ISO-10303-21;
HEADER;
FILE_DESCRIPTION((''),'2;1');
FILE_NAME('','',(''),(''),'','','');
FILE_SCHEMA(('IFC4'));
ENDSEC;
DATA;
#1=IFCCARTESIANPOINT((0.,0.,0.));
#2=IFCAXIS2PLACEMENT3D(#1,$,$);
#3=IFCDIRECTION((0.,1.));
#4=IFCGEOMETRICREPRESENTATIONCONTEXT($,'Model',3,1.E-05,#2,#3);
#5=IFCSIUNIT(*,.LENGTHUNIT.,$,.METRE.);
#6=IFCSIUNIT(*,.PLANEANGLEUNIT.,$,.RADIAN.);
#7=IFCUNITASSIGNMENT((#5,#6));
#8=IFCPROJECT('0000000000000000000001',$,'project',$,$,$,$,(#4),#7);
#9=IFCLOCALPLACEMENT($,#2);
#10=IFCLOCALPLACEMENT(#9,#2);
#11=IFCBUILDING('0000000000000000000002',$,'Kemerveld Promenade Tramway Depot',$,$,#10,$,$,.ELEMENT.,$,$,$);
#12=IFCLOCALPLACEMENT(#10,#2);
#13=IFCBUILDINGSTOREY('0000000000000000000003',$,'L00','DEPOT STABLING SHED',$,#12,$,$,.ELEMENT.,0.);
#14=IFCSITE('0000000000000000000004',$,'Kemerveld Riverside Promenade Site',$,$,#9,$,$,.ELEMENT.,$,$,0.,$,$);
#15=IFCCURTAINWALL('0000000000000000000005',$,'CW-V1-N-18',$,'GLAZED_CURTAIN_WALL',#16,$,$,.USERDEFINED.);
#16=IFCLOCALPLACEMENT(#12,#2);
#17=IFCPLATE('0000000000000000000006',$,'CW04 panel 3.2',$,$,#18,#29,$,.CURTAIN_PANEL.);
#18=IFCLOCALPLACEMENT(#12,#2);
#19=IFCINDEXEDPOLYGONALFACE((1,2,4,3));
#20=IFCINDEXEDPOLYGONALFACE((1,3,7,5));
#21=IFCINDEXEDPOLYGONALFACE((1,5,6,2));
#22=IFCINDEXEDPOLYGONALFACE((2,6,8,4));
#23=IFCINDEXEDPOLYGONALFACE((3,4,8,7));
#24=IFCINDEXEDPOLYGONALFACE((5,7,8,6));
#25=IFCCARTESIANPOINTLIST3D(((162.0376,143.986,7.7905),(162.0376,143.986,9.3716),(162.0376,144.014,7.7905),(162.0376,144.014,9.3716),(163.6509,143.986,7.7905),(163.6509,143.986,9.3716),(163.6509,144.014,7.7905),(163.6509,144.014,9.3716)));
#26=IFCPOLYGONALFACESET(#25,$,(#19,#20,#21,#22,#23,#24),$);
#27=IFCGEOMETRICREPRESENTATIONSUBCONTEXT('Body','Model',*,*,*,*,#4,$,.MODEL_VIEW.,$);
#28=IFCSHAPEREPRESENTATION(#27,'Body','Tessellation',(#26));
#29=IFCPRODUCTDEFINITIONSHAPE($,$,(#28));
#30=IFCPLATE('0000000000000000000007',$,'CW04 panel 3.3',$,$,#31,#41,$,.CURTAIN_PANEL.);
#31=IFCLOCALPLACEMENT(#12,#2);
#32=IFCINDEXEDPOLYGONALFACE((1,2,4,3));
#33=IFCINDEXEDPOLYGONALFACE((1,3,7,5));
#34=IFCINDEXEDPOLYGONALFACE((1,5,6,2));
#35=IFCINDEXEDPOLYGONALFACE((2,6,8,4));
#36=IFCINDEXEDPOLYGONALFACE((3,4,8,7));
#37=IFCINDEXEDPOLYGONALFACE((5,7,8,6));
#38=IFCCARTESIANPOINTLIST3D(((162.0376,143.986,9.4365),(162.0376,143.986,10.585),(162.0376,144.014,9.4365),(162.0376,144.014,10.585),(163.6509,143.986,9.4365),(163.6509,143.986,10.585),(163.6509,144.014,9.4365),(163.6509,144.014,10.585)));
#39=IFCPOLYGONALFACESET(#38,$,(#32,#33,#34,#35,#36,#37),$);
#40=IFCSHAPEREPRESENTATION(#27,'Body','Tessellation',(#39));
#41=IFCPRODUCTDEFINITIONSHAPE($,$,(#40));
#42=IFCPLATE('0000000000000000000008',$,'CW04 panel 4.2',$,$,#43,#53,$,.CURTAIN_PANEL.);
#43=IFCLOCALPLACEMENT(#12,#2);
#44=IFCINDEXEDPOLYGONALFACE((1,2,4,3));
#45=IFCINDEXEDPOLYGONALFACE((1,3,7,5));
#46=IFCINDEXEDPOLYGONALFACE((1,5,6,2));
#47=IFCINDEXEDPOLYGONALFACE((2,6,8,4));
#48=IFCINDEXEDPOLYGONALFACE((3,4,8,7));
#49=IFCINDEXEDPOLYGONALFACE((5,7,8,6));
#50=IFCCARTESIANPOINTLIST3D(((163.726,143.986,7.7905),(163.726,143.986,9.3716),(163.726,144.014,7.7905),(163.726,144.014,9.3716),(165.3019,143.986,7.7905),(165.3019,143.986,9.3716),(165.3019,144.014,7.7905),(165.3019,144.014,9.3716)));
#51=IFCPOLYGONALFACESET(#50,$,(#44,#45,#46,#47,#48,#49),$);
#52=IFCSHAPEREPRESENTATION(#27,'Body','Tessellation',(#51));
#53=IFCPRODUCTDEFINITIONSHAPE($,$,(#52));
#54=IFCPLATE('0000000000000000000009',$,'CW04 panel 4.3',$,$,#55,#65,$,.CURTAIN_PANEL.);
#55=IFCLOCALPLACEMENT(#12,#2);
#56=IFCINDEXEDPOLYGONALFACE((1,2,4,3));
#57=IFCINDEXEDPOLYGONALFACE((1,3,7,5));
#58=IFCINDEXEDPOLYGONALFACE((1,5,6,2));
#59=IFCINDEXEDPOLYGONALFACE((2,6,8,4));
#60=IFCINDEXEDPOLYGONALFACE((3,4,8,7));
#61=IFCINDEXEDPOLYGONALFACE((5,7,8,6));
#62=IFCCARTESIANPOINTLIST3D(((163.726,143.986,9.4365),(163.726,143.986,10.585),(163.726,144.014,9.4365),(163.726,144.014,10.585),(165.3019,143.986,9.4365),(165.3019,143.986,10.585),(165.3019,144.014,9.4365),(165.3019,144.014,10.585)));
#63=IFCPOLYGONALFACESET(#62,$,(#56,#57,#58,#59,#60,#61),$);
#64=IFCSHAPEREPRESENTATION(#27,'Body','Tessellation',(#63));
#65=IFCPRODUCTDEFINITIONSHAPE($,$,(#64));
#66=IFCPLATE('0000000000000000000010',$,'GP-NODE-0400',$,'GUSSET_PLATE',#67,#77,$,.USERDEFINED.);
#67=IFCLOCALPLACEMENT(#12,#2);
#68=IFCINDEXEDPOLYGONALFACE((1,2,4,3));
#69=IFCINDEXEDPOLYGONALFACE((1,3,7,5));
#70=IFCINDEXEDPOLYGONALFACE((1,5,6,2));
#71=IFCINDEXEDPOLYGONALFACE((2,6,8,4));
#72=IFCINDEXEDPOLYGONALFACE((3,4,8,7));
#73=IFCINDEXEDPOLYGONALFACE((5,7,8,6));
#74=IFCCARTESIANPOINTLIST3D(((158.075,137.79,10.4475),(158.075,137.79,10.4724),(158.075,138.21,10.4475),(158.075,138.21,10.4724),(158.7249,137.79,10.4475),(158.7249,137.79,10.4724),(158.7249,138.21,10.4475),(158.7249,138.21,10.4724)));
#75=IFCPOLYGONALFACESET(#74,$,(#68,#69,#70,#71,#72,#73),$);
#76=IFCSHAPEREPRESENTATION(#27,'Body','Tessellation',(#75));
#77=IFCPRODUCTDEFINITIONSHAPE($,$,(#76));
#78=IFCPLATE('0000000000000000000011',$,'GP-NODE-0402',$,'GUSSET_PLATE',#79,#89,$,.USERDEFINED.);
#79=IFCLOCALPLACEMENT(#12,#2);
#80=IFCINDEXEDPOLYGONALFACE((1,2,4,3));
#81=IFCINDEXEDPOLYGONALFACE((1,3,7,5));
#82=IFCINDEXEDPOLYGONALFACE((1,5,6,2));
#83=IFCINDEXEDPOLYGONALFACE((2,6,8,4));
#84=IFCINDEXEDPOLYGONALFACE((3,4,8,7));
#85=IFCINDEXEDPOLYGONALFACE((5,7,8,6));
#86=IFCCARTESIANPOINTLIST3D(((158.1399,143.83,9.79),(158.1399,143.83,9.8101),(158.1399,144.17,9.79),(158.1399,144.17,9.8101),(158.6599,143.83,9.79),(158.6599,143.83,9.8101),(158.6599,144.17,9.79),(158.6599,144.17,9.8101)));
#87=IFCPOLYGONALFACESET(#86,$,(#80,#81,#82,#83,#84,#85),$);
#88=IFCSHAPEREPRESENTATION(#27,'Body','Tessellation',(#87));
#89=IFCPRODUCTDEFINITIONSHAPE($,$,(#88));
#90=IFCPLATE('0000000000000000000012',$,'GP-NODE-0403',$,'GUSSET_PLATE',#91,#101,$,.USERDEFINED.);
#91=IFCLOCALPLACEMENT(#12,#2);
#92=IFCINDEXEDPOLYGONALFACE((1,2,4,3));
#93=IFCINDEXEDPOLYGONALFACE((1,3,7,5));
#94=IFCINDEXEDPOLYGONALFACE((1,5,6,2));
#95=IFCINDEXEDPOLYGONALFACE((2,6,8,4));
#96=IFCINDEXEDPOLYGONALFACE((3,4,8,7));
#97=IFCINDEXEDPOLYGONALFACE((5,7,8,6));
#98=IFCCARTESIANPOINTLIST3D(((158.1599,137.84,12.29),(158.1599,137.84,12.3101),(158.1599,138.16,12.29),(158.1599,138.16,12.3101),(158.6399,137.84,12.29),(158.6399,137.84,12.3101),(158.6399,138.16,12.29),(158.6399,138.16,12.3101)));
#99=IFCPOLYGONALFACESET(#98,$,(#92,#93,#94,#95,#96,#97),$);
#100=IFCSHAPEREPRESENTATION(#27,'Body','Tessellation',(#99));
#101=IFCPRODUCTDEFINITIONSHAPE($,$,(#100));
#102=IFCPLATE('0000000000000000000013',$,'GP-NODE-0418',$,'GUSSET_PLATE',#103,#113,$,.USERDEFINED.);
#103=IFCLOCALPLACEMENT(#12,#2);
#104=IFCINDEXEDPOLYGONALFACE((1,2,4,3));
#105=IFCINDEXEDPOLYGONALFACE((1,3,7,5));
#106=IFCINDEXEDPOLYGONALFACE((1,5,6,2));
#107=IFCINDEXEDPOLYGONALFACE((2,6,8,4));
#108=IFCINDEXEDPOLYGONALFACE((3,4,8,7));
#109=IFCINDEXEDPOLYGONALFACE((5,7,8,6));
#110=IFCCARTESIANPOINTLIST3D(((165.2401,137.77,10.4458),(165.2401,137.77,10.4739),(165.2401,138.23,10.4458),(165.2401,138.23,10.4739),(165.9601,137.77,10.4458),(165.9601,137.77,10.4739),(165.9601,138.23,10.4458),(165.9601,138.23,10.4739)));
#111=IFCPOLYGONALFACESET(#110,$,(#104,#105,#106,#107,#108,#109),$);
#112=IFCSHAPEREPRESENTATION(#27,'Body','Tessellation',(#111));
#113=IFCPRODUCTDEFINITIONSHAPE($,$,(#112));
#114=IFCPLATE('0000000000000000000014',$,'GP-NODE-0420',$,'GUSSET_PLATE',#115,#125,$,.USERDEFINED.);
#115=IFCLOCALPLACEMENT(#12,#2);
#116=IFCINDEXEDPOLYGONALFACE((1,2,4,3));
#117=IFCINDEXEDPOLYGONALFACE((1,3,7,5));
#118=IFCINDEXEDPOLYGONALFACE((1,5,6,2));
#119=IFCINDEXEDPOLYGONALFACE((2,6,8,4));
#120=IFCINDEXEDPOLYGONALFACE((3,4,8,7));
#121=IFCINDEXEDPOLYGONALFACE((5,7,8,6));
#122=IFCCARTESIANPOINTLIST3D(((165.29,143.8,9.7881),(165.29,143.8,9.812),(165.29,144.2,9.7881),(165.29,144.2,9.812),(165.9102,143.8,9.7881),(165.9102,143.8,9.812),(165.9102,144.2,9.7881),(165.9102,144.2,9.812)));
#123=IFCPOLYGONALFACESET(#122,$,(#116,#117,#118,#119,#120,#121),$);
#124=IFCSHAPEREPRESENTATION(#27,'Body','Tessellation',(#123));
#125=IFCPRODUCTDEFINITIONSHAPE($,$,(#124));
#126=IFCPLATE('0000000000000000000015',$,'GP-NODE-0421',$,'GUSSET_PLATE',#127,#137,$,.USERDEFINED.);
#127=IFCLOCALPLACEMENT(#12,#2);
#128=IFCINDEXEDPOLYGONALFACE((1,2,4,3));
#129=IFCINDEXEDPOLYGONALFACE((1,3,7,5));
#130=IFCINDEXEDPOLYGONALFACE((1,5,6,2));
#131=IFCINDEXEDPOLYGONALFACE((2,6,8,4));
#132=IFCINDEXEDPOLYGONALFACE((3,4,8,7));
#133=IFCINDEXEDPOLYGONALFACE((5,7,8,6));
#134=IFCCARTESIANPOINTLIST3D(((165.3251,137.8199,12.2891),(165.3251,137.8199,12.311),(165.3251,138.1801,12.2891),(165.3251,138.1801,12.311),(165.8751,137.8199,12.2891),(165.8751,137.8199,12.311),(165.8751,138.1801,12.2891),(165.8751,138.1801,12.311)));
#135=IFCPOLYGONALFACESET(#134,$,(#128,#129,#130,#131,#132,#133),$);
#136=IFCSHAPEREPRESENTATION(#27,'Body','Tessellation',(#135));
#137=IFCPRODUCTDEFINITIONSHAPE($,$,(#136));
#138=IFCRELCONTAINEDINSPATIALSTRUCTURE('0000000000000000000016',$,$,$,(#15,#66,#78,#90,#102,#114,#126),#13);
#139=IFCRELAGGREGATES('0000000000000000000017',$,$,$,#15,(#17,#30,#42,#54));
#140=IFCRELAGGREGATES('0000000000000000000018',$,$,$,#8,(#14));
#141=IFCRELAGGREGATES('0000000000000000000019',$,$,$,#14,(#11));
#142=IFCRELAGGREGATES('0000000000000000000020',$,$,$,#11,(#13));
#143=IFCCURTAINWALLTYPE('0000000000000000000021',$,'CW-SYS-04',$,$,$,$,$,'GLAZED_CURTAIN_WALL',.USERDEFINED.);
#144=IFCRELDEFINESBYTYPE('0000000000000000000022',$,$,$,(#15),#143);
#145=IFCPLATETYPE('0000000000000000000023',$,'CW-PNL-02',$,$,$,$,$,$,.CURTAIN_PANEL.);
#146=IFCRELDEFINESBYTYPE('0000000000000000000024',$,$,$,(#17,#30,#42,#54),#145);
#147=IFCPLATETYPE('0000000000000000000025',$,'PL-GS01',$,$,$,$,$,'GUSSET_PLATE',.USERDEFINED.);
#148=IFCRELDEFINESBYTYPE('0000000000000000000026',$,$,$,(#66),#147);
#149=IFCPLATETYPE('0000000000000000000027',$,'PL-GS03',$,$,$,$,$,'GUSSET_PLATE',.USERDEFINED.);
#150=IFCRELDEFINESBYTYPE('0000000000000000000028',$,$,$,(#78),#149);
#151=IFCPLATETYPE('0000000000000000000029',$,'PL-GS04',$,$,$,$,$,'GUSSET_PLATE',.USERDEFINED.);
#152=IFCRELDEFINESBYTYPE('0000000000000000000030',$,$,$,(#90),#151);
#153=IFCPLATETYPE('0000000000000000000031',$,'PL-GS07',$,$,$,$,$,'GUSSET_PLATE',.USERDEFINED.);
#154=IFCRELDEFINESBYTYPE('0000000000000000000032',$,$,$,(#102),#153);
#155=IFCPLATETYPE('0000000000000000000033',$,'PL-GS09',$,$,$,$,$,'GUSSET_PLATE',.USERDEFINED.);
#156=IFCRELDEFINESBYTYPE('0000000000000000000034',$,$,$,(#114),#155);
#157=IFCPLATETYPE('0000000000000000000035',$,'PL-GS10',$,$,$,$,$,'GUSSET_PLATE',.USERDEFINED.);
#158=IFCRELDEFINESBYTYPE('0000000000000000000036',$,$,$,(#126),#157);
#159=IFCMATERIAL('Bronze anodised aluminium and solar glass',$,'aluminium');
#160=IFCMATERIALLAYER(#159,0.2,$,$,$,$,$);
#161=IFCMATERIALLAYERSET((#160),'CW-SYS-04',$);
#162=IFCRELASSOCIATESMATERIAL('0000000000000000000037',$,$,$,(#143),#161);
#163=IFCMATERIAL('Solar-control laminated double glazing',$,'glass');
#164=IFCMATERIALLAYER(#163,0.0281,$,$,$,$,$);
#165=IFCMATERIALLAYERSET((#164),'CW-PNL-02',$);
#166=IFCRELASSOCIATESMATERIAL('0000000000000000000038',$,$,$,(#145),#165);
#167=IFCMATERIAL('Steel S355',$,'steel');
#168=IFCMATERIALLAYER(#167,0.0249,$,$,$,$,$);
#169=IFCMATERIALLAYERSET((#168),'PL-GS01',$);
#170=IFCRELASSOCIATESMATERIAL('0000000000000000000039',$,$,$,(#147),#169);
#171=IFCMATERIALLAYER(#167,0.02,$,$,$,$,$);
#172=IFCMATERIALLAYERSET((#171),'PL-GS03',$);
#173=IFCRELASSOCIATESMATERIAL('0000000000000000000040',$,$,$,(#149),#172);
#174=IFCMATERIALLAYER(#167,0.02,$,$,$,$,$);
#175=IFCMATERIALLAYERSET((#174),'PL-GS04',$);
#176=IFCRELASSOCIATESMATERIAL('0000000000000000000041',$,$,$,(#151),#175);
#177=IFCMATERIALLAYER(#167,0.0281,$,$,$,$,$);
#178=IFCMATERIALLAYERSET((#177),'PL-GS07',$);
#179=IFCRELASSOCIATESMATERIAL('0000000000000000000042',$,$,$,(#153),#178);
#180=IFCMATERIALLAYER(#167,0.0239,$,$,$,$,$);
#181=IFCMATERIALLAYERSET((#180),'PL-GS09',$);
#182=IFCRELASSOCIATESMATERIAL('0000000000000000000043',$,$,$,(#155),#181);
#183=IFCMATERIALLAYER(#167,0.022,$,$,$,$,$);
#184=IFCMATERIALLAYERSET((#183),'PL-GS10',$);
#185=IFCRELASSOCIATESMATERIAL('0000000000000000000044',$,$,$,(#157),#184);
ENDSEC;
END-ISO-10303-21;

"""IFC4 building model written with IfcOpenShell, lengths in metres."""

from ifc_helpers import new_model, si_unit, direction, frame, origin, origin_2d, place, context, subcontext, project, spatial, rectangle, extrude, material, layer, layer_set, type_object, element, aggregate, save


model = new_model("IFC4")

# Units and contexts
model_context = context("Model", 3, precision=1e-05, world=origin(), true_north=direction((0.0, 1.0)))
body_context = subcontext(model_context, "Body", "Model", "MODEL_VIEW")
ifc_project = project(units=[si_unit("LENGTHUNIT", "METRE"), si_unit("PLANEANGLEUNIT", "RADIAN")], contexts=[model_context])

# Site, building, storey
site_placement = place(None, origin())
site = spatial("IfcSite", under=ifc_project, at=site_placement, Name="Kemerveld Riverside Promenade Site", CompositionType="ELEMENT", RefElevation=0.0)
building_placement = place(site_placement, origin())
building = spatial("IfcBuilding", under=site, at=building_placement, Name="Kemerveld Promenade Tramway Depot", CompositionType="ELEMENT")
storey_placement = place(building_placement, origin())
storey = spatial("IfcBuildingStorey", under=building, at=storey_placement, Name="L00", Description="DEPOT STABLING SHED", CompositionType="ELEMENT", Elevation=0.0)

# Shared definitions
ifc_material_1 = material(Name="Steel S355", Category="steel")

# Shared definitions
ifc_material_2 = material(Name="Bronze anodised aluminium and solar glass", Category="aluminium")

# Curtain wall
ifc_layer_1 = layer(ifc_material_2, 0.2)
ifc_layer_set_1 = layer_set([ifc_layer_1], Name="CW-SYS-04")
curtain_wall_type_1 = type_object("IfcCurtainWallType", Name="CW-SYS-04", ElementType="GLAZED_CURTAIN_WALL", PredefinedType="USERDEFINED", material=ifc_layer_set_1)
curtain_wall_1_placement = place(storey_placement, origin())
curtain_wall_1 = element("IfcCurtainWall", 1, at=curtain_wall_1_placement, inside=storey, type_object=curtain_wall_type_1, Name="CW-V1-N-18", ObjectType="GLAZED_CURTAIN_WALL", PredefinedType="USERDEFINED")

# Plates
ifc_material_3 = material(Name="Solar-control laminated double glazing", Category="glass")
ifc_layer_2 = layer(ifc_material_3, 0.0281)
ifc_layer_set_2 = layer_set([ifc_layer_2], Name="CW-PNL-02")
plate_type_1 = type_object("IfcPlateType", Name="CW-PNL-02", PredefinedType="CURTAIN_PANEL", material=ifc_layer_set_2)
plate_1_placement = place(storey_placement, frame((162.8442, 144.0, 7.7905), z_axis=(0.0, 0.0, 1.0), x_axis=(1.0, 0.0, 0.0)))
plate_1 = element("IfcPlate", 2, at=plate_1_placement, type_object=plate_type_1, Name="CW04 panel 3.2", PredefinedType="CURTAIN_PANEL", context=body_context, shape_type="SweptSolid", body=[
    extrude(rectangle(XDim=1.6133, YDim=0.0281, at=origin_2d()), origin(), (0.0, 0.0, 1.0), 1.5811),
])
plate_2_placement = place(storey_placement, frame((162.8442, 144.0, 9.4365), z_axis=(0.0, 0.0, 1.0), x_axis=(1.0, 0.0, 0.0)))
plate_2 = element("IfcPlate", 3, at=plate_2_placement, type_object=plate_type_1, Name="CW04 panel 3.3", PredefinedType="CURTAIN_PANEL", context=body_context, shape_type="SweptSolid", body=[
    extrude(rectangle(XDim=1.6133, YDim=0.0281, at=origin_2d()), origin(), (0.0, 0.0, 1.0), 1.1484),
])
plate_3_placement = place(storey_placement, frame((164.5139, 144.0, 7.7905), z_axis=(0.0, 0.0, 1.0), x_axis=(1.0, 0.0, 0.0)))
plate_3 = element("IfcPlate", 4, at=plate_3_placement, type_object=plate_type_1, Name="CW04 panel 4.2", PredefinedType="CURTAIN_PANEL", context=body_context, shape_type="SweptSolid", body=[
    extrude(rectangle(XDim=1.5759, YDim=0.0281, at=origin_2d()), origin(), (0.0, 0.0, 1.0), 1.5811),
])
plate_4_placement = place(storey_placement, frame((164.5139, 144.0, 9.4365), z_axis=(0.0, 0.0, 1.0), x_axis=(1.0, 0.0, 0.0)))
plate_4 = element("IfcPlate", 5, at=plate_4_placement, type_object=plate_type_1, Name="CW04 panel 4.3", PredefinedType="CURTAIN_PANEL", context=body_context, shape_type="SweptSolid", body=[
    extrude(rectangle(XDim=1.5759, YDim=0.0281, at=origin_2d()), origin(), (0.0, 0.0, 1.0), 1.1484),
])
aggregate(curtain_wall_1, [plate_1, plate_2, plate_3, plate_4])

# Plates
ifc_layer_3 = layer(ifc_material_1, 0.0249)
ifc_layer_set_3 = layer_set([ifc_layer_3], Name="PL-GS01")
plate_type_2 = type_object("IfcPlateType", Name="PL-GS01", ElementType="GUSSET_PLATE", PredefinedType="USERDEFINED", material=ifc_layer_set_3)
plate_5_placement = place(storey_placement, frame((158.3999, 138.0, 10.4475), z_axis=(0.0, 0.0, 1.0), x_axis=(1.0, 0.0, 0.0)))
element("IfcPlate", 6, at=plate_5_placement, inside=storey, type_object=plate_type_2, Name="GP-NODE-0400", ObjectType="GUSSET_PLATE", PredefinedType="USERDEFINED", context=body_context, shape_type="SweptSolid", body=[
    extrude(rectangle(XDim=0.6499, YDim=0.4199, at=origin_2d()), origin(), (0.0, 0.0, 1.0), 0.0249),
])
ifc_layer_4 = layer(ifc_material_1, 0.02)
ifc_layer_set_4 = layer_set([ifc_layer_4], Name="PL-GS03")
plate_type_3 = type_object("IfcPlateType", Name="PL-GS03", ElementType="GUSSET_PLATE", PredefinedType="USERDEFINED", material=ifc_layer_set_4)
plate_6_placement = place(storey_placement, frame((158.3999, 144.0, 9.79), z_axis=(0.0, 0.0, 1.0), x_axis=(1.0, 0.0, 0.0)))
element("IfcPlate", 7, at=plate_6_placement, inside=storey, type_object=plate_type_3, Name="GP-NODE-0402", ObjectType="GUSSET_PLATE", PredefinedType="USERDEFINED", context=body_context, shape_type="SweptSolid", body=[
    extrude(rectangle(XDim=0.52, YDim=0.3401, at=origin_2d()), origin(), (0.0, 0.0, 1.0), 0.02),
])
ifc_layer_5 = layer(ifc_material_1, 0.02)
ifc_layer_set_5 = layer_set([ifc_layer_5], Name="PL-GS04")
plate_type_4 = type_object("IfcPlateType", Name="PL-GS04", ElementType="GUSSET_PLATE", PredefinedType="USERDEFINED", material=ifc_layer_set_5)
plate_7_placement = place(storey_placement, frame((158.3999, 138.0, 12.29), z_axis=(0.0, 0.0, 1.0), x_axis=(1.0, 0.0, 0.0)))
element("IfcPlate", 8, at=plate_7_placement, inside=storey, type_object=plate_type_4, Name="GP-NODE-0403", ObjectType="GUSSET_PLATE", PredefinedType="USERDEFINED", context=body_context, shape_type="SweptSolid", body=[
    extrude(rectangle(XDim=0.48, YDim=0.3201, at=origin_2d()), origin(), (0.0, 0.0, 1.0), 0.02),
])
ifc_layer_6 = layer(ifc_material_1, 0.0281)
ifc_layer_set_6 = layer_set([ifc_layer_6], Name="PL-GS07")
plate_type_5 = type_object("IfcPlateType", Name="PL-GS07", ElementType="GUSSET_PLATE", PredefinedType="USERDEFINED", material=ifc_layer_set_6)
plate_8_placement = place(storey_placement, frame((165.6001, 138.0, 10.4458), z_axis=(0.0, 0.0, 1.0), x_axis=(1.0, 0.0, 0.0)))
element("IfcPlate", 9, at=plate_8_placement, inside=storey, type_object=plate_type_5, Name="GP-NODE-0418", ObjectType="GUSSET_PLATE", PredefinedType="USERDEFINED", context=body_context, shape_type="SweptSolid", body=[
    extrude(rectangle(XDim=0.72, YDim=0.46, at=origin_2d()), origin(), (0.0, 0.0, 1.0), 0.0281),
])
ifc_layer_7 = layer(ifc_material_1, 0.0239)
ifc_layer_set_7 = layer_set([ifc_layer_7], Name="PL-GS09")
plate_type_6 = type_object("IfcPlateType", Name="PL-GS09", ElementType="GUSSET_PLATE", PredefinedType="USERDEFINED", material=ifc_layer_set_7)
plate_9_placement = place(storey_placement, frame((165.6001, 144.0, 9.7881), z_axis=(0.0, 0.0, 1.0), x_axis=(1.0, 0.0, 0.0)))
element("IfcPlate", 10, at=plate_9_placement, inside=storey, type_object=plate_type_6, Name="GP-NODE-0420", ObjectType="GUSSET_PLATE", PredefinedType="USERDEFINED", context=body_context, shape_type="SweptSolid", body=[
    extrude(rectangle(XDim=0.6201, YDim=0.3999, at=origin_2d()), origin(), (0.0, 0.0, 1.0), 0.0239),
])
ifc_layer_8 = layer(ifc_material_1, 0.022)
ifc_layer_set_8 = layer_set([ifc_layer_8], Name="PL-GS10")
plate_type_7 = type_object("IfcPlateType", Name="PL-GS10", ElementType="GUSSET_PLATE", PredefinedType="USERDEFINED", material=ifc_layer_set_8)
plate_10_placement = place(storey_placement, frame((165.6001, 138.0, 12.2891), z_axis=(0.0, 0.0, 1.0), x_axis=(1.0, 0.0, 0.0)))
element("IfcPlate", 11, at=plate_10_placement, inside=storey, type_object=plate_type_7, Name="GP-NODE-0421", ObjectType="GUSSET_PLATE", PredefinedType="USERDEFINED", context=body_context, shape_type="SweptSolid", body=[
    extrude(rectangle(XDim=0.55, YDim=0.3601, at=origin_2d()), origin(), (0.0, 0.0, 1.0), 0.022),
])

save(model, "model.ifc")
